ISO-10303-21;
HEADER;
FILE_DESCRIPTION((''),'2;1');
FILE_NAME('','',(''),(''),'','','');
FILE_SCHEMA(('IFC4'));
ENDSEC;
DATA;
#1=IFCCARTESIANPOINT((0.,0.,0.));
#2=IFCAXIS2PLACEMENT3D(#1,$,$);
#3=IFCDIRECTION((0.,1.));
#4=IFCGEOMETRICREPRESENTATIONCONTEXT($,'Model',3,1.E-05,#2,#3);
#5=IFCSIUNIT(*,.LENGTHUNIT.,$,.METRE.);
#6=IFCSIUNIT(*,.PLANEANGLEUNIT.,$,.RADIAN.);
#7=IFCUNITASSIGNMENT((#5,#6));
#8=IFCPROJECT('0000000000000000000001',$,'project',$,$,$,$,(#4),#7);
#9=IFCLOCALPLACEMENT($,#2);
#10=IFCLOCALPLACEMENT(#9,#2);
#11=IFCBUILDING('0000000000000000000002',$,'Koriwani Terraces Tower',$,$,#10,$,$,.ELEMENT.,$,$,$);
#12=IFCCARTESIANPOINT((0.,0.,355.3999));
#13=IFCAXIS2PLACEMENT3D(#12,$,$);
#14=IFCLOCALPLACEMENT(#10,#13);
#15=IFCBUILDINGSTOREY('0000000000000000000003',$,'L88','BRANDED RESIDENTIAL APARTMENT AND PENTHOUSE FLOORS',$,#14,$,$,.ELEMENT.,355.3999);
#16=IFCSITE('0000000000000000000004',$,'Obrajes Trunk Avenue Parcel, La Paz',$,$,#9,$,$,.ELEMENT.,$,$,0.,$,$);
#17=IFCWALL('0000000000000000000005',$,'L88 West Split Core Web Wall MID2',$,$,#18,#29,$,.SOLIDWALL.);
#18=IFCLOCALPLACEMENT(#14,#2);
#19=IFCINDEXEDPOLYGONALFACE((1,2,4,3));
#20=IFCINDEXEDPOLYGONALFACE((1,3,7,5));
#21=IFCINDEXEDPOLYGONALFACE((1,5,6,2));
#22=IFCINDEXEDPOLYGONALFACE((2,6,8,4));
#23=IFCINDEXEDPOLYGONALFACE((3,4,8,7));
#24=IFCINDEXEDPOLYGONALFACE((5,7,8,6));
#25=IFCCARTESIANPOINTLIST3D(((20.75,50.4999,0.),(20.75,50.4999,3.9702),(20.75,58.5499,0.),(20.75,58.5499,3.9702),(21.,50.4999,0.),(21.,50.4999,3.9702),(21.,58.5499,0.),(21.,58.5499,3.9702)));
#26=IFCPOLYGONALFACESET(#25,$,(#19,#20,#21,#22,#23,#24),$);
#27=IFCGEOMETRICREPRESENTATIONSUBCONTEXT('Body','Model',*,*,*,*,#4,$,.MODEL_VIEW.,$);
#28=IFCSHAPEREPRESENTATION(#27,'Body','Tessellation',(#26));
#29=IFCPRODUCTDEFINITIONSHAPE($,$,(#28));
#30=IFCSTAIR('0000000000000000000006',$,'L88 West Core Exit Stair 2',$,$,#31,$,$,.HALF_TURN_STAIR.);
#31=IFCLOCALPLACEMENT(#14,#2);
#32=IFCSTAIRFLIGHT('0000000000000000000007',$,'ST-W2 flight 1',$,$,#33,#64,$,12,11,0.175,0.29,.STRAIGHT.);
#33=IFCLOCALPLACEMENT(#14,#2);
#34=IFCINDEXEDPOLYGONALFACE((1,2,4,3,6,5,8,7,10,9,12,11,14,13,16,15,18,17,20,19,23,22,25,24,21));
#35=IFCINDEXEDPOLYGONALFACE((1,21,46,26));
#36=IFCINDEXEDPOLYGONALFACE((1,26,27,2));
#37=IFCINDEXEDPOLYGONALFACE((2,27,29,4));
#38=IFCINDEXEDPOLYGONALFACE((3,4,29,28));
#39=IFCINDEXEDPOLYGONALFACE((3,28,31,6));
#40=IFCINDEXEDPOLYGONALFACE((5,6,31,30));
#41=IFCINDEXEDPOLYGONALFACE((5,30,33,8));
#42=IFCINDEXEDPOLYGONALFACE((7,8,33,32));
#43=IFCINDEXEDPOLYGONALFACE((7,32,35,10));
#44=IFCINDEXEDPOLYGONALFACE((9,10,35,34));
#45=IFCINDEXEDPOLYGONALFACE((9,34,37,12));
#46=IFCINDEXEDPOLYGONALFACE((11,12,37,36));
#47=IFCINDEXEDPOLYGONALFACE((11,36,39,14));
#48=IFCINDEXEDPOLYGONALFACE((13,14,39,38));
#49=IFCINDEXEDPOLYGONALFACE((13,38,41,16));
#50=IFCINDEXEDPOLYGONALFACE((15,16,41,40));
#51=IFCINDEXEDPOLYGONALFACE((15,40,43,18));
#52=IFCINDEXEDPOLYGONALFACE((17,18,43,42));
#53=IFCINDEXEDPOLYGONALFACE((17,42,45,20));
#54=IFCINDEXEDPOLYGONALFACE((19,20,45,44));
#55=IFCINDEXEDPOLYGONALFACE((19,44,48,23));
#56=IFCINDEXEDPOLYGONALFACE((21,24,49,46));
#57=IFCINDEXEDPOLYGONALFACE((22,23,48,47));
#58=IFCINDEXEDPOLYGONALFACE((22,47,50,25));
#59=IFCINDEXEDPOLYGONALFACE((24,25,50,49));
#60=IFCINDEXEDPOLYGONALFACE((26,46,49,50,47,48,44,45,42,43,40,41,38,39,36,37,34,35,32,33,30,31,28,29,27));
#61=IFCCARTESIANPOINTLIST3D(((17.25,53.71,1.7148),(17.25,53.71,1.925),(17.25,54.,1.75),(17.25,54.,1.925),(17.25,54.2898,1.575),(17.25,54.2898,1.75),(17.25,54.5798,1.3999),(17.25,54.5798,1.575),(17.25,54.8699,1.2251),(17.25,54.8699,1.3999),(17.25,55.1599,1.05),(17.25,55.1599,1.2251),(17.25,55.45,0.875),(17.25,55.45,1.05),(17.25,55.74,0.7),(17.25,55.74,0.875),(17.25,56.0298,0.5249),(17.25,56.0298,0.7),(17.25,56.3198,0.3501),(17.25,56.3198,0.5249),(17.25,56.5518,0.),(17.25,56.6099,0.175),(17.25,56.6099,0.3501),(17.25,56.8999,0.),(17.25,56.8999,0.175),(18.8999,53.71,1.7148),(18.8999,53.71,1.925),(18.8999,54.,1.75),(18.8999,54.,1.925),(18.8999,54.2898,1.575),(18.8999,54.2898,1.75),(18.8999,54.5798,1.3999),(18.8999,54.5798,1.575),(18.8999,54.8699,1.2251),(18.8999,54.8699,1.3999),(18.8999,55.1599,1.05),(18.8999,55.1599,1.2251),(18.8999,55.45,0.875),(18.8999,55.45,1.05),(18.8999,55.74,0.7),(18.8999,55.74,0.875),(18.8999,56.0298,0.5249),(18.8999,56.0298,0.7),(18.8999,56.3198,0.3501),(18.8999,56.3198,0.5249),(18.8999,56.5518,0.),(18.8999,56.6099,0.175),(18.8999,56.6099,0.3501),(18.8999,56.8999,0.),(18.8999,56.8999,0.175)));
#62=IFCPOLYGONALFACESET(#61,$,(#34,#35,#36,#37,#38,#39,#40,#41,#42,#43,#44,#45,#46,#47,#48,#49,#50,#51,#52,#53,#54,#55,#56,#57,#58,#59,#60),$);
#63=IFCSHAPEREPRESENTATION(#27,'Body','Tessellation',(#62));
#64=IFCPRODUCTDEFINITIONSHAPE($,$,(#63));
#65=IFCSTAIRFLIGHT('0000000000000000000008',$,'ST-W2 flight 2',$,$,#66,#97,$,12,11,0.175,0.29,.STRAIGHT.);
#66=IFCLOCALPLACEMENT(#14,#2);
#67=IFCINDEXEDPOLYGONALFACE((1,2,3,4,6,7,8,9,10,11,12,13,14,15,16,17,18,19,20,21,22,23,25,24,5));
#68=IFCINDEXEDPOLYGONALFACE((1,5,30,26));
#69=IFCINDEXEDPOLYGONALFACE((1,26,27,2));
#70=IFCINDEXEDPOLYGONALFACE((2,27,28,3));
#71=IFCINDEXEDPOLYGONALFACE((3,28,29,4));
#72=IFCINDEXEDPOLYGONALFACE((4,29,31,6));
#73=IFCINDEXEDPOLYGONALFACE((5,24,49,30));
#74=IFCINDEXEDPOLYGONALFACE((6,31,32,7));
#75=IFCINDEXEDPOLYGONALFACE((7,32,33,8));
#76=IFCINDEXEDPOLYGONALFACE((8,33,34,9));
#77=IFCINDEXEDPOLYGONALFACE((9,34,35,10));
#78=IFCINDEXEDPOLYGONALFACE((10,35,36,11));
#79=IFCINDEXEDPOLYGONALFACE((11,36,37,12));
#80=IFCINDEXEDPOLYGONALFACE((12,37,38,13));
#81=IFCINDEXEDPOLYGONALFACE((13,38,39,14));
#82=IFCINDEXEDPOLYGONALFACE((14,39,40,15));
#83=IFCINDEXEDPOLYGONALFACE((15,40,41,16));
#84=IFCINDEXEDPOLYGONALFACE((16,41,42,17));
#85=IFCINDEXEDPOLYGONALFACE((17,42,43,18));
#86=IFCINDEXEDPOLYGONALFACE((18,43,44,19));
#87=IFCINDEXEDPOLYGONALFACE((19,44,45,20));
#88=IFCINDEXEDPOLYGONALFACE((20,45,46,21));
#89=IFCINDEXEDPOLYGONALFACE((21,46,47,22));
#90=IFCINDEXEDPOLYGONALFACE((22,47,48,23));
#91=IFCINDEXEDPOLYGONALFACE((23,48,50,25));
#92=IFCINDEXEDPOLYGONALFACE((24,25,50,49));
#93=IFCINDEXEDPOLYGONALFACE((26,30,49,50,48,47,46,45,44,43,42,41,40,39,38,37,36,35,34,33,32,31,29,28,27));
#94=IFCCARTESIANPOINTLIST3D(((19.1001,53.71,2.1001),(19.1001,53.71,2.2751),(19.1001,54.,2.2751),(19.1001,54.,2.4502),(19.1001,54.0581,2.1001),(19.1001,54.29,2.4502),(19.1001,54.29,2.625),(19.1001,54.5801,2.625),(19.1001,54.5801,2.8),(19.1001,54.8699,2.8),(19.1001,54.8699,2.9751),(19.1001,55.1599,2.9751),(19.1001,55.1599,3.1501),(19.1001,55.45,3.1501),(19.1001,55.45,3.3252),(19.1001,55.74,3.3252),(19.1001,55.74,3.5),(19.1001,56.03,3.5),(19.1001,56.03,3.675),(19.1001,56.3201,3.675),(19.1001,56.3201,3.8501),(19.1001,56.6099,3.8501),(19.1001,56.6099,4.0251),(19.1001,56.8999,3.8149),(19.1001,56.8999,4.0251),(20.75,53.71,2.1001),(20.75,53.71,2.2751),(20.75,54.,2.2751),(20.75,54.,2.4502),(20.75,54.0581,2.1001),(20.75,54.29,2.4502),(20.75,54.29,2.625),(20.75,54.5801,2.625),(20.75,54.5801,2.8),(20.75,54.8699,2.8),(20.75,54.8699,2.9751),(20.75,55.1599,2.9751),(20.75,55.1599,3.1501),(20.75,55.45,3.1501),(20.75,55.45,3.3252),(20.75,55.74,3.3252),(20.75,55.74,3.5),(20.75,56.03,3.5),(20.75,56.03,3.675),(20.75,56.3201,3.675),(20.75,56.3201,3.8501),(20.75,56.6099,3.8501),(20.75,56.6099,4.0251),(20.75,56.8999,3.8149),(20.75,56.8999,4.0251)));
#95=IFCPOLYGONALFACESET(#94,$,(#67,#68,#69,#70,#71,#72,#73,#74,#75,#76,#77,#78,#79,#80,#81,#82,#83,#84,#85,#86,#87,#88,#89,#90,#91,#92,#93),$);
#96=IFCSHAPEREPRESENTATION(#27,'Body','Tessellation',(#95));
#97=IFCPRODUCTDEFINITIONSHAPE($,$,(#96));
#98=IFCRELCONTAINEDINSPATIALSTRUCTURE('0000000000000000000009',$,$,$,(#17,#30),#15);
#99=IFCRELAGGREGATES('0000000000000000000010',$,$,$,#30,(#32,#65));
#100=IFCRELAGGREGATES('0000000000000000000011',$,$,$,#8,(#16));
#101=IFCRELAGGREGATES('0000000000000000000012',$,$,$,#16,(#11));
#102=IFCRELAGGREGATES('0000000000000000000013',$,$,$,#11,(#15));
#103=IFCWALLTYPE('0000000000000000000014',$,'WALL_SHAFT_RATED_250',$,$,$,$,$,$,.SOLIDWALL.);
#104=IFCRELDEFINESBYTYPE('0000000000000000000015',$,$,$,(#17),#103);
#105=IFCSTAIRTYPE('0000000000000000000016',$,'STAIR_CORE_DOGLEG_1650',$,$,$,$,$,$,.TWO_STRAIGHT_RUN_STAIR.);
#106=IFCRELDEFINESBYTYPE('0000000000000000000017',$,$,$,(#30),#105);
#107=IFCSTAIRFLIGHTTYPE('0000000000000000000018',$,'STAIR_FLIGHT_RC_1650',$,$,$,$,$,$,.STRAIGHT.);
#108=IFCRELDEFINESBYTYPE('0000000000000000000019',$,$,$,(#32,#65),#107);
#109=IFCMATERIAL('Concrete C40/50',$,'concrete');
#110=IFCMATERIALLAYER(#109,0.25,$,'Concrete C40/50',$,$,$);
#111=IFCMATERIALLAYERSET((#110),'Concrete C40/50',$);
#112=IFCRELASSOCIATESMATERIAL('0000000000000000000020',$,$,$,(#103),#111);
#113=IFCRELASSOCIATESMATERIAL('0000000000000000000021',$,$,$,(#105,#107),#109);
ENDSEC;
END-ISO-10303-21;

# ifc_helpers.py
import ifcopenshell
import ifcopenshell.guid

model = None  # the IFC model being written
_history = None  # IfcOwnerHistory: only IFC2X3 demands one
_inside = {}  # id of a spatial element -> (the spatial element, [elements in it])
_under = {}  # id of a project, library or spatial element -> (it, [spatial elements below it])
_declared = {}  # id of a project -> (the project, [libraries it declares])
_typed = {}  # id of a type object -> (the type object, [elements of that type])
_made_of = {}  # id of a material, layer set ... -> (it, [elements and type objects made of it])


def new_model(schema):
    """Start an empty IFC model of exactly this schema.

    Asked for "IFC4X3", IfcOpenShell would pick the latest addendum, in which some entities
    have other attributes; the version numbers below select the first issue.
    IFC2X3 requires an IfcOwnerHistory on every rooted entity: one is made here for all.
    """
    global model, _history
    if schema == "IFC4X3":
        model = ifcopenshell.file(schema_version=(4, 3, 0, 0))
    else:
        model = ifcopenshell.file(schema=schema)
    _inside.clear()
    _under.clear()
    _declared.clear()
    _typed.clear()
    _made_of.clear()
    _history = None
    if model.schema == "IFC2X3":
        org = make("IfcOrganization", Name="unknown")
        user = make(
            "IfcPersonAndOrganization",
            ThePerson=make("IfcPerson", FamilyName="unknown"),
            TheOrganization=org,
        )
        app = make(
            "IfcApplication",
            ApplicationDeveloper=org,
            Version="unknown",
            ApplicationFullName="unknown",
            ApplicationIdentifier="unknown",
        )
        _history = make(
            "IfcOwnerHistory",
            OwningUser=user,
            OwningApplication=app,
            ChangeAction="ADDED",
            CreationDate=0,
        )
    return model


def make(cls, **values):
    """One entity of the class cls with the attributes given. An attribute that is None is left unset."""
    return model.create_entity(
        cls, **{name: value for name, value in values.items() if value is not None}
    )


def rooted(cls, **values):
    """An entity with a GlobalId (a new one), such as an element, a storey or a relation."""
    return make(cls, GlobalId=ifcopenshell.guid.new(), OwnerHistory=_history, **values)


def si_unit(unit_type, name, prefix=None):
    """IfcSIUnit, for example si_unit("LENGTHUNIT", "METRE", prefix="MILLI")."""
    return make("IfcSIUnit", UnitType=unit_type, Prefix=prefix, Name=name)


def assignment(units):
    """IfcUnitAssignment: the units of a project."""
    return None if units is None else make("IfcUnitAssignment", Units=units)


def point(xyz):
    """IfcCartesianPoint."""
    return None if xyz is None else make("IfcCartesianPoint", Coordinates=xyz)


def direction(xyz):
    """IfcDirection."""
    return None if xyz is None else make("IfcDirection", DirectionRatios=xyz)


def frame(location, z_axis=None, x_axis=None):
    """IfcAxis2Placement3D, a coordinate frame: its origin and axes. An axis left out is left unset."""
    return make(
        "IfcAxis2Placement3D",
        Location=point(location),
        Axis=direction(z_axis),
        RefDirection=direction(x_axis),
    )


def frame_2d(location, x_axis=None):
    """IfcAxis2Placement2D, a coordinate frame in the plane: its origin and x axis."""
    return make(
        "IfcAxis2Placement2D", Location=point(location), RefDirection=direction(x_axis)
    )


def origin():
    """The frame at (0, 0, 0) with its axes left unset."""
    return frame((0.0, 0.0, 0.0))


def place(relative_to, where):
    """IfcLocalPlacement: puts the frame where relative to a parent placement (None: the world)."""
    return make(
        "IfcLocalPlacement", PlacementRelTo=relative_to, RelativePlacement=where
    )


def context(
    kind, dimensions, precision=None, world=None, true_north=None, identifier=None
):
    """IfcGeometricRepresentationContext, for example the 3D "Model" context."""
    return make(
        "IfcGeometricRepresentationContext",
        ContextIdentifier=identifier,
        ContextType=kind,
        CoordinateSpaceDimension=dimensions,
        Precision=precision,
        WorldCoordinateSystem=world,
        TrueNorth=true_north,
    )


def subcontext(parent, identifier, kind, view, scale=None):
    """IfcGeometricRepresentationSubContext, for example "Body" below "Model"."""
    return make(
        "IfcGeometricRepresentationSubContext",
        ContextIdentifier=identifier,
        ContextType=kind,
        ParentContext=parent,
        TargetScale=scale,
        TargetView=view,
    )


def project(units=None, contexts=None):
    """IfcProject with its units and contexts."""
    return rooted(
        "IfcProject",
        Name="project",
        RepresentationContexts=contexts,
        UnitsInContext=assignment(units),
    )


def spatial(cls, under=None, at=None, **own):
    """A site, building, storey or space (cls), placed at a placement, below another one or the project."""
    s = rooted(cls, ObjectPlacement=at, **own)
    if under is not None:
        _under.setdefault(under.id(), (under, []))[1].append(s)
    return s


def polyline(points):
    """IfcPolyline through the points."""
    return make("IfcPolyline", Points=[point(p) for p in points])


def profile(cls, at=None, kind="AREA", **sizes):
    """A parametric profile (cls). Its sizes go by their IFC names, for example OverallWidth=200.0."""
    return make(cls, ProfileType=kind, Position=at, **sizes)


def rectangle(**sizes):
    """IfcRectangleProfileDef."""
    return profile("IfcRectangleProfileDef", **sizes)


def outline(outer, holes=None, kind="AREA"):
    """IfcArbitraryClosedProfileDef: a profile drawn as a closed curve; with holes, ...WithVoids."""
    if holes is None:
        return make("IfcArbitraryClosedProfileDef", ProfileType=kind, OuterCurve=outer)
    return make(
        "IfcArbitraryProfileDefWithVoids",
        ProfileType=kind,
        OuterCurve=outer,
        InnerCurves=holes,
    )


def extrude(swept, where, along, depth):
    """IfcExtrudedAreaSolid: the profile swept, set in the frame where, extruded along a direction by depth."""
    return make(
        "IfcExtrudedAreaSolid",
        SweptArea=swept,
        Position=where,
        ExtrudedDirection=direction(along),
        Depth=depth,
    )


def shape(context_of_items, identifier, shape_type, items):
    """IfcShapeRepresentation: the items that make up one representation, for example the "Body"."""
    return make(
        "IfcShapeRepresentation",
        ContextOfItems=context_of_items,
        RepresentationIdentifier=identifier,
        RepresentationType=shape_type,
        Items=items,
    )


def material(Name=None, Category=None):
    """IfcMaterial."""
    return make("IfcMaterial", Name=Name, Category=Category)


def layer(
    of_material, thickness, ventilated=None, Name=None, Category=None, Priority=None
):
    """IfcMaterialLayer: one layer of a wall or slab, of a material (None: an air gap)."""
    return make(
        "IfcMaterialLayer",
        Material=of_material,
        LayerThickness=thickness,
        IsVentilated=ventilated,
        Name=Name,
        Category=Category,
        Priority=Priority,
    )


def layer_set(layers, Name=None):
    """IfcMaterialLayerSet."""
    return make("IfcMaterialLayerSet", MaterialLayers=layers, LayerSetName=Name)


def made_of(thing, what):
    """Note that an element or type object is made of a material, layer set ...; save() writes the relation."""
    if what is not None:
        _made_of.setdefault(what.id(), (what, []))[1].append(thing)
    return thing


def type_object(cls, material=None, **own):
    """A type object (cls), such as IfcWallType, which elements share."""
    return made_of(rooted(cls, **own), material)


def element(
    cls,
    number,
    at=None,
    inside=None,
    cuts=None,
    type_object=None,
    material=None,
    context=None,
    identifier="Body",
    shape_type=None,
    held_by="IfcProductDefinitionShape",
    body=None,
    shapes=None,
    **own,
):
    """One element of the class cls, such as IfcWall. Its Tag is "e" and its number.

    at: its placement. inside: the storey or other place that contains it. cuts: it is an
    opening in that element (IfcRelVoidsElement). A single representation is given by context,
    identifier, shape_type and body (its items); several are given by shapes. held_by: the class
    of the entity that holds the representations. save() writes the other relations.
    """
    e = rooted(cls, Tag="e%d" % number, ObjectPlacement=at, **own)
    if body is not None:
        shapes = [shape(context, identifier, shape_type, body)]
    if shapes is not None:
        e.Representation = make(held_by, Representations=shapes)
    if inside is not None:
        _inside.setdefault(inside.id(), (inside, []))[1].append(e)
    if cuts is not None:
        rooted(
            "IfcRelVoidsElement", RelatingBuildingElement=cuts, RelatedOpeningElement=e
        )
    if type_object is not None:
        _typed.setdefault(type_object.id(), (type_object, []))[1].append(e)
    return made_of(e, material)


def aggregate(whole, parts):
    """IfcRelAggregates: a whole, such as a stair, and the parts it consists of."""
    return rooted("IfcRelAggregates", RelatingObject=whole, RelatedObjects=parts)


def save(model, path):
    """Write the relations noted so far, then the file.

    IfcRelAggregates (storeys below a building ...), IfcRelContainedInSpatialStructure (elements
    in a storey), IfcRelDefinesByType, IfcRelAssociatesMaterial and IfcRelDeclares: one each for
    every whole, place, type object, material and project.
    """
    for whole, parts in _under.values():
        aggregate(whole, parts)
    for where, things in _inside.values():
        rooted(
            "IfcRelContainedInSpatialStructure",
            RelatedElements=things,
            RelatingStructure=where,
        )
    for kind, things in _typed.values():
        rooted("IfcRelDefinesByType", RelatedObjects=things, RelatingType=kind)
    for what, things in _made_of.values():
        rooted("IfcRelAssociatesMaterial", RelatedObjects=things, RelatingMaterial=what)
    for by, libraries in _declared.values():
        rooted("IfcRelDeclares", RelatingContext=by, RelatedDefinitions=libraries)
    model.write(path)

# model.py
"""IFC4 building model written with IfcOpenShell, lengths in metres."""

from ifc_helpers import new_model, si_unit, direction, frame, frame_2d, origin, place, context, subcontext, project, spatial, polyline, rectangle, outline, extrude, material, layer, layer_set, type_object, element, aggregate, save


model = new_model("IFC4")

# Units and contexts
model_context = context("Model", 3, precision=1e-05, world=origin(), true_north=direction((0.0, 1.0)))
body_context = subcontext(model_context, "Body", "Model", "MODEL_VIEW")
ifc_project = project(units=[si_unit("LENGTHUNIT", "METRE"), si_unit("PLANEANGLEUNIT", "RADIAN")], contexts=[model_context])

# Site, building, storey
site_placement = place(None, origin())
site = spatial("IfcSite", under=ifc_project, at=site_placement, Name="Obrajes Trunk Avenue Parcel, La Paz", CompositionType="ELEMENT", RefElevation=0.0)
building_placement = place(site_placement, origin())
building = spatial("IfcBuilding", under=site, at=building_placement, Name="Koriwani Terraces Tower", CompositionType="ELEMENT")
storey_placement = place(building_placement, frame((0.0, 0.0, 355.3999)))
storey = spatial("IfcBuildingStorey", under=building, at=storey_placement, Name="L88", Description="BRANDED RESIDENTIAL APARTMENT AND PENTHOUSE FLOORS", CompositionType="ELEMENT", Elevation=355.3999)

# Shared definitions
ifc_material_1 = material(Name="Concrete C40/50", Category="concrete")

# Wall
ifc_layer_1 = layer(ifc_material_1, 0.25, Name="Concrete C40/50")
ifc_layer_set_1 = layer_set([ifc_layer_1], Name="Concrete C40/50")
wall_type_1 = type_object("IfcWallType", Name="WALL_SHAFT_RATED_250", PredefinedType="SOLIDWALL", material=ifc_layer_set_1)
wall_1_placement = place(storey_placement, frame((20.875, 50.5, 0.0), z_axis=(0.0, 0.0, 1.0), x_axis=(0.0, 1.0, 0.0)))
element("IfcWall", 1, at=wall_1_placement, inside=storey, type_object=wall_type_1, Name="L88 West Split Core Web Wall MID2", PredefinedType="SOLIDWALL", context=body_context, shape_type="SweptSolid", body=[
    extrude(rectangle(XDim=8.05, YDim=0.25, at=frame_2d((4.0249, 0.0))), origin(), (0.0, 0.0, 1.0), 3.9702),
])

# Stair, stair flights
stair_type = type_object("IfcStairType", Name="STAIR_CORE_DOGLEG_1650", PredefinedType="TWO_STRAIGHT_RUN_STAIR", material=ifc_material_1)
stair_placement = place(storey_placement, origin())
stair = element("IfcStair", 2, at=stair_placement, inside=storey, type_object=stair_type, Name="L88 West Core Exit Stair 2", PredefinedType="HALF_TURN_STAIR")
stair_flight_type = type_object("IfcStairFlightType", Name="STAIR_FLIGHT_RC_1650", PredefinedType="STRAIGHT", material=ifc_material_1)
stair_flight_1_placement = place(storey_placement, frame((18.075, 56.8999, 0.0), z_axis=(0.0, 0.0, 1.0), x_axis=(0.0, -1.0, 0.0)))
stair_flight_1 = element("IfcStairFlight", 3, at=stair_flight_1_placement, type_object=stair_flight_type, Name="ST-W2 flight 1", NumberOfRisers=12, NumberOfTreads=11, PredefinedType="STRAIGHT", RiserHeight=0.175, TreadLength=0.29, context=body_context, shape_type="SweptSolid", body=[
    extrude(outline(polyline([(0.0, 0.0), (0.0, 0.175), (0.29, 0.175), (0.29, 0.3501), (0.5801, 0.3501), (0.5801, 0.5249), (0.8701, 0.5249), (0.8701, 0.7), (1.1599, 0.7), (1.1599, 0.875), (1.45, 0.875), (1.45, 1.05), (1.74, 1.05), (1.74, 1.2251), (2.03, 1.2251), (2.03, 1.3999), (2.3201, 1.3999), (2.3201, 1.575), (2.6101, 1.575), (2.6101, 1.75), (2.8999, 1.75), (2.8999, 1.925), (3.1899, 1.925), (3.1899, 2.1001), (3.1899, 1.7148), (0.3481, 0.0), (0.0, 0.0)])), frame((0.0, 0.825, 0.0), z_axis=(0.0, -1.0, 0.0), x_axis=(1.0, 0.0, 0.0)), (0.0, 0.0, 1.0), 1.6499),
])
stair_flight_2_placement = place(storey_placement, frame((19.925, 53.71, 2.1001), z_axis=(0.0, 0.0, 1.0), x_axis=(0.0, 1.0, 0.0)))
stair_flight_2 = element("IfcStairFlight", 4, at=stair_flight_2_placement, type_object=stair_flight_type, Name="ST-W2 flight 2", NumberOfRisers=12, NumberOfTreads=11, PredefinedType="STRAIGHT", RiserHeight=0.175, TreadLength=0.29, context=body_context, shape_type="SweptSolid", body=[
    extrude(outline(polyline([(0.0, 0.0), (0.0, 0.175), (0.29, 0.175), (0.29, 0.3501), (0.5801, 0.3501), (0.5801, 0.5249), (0.8701, 0.5249), (0.8701, 0.7), (1.1599, 0.7), (1.1599, 0.875), (1.45, 0.875), (1.45, 1.05), (1.74, 1.05), (1.74, 1.2251), (2.03, 1.2251), (2.03, 1.3999), (2.3201, 1.3999), (2.3201, 1.575), (2.6101, 1.575), (2.6101, 1.75), (2.8999, 1.75), (2.8999, 1.925), (3.1899, 1.925), (3.1899, 2.1001), (3.1899, 1.7148), (0.3481, 0.0), (0.0, 0.0)])), frame((0.0, 0.825, 0.0), z_axis=(0.0, -1.0, 0.0), x_axis=(1.0, 0.0, 0.0)), (0.0, 0.0, 1.0), 1.6499),
])
aggregate(stair, [stair_flight_1, stair_flight_2])

save(model, "model.ifc")
